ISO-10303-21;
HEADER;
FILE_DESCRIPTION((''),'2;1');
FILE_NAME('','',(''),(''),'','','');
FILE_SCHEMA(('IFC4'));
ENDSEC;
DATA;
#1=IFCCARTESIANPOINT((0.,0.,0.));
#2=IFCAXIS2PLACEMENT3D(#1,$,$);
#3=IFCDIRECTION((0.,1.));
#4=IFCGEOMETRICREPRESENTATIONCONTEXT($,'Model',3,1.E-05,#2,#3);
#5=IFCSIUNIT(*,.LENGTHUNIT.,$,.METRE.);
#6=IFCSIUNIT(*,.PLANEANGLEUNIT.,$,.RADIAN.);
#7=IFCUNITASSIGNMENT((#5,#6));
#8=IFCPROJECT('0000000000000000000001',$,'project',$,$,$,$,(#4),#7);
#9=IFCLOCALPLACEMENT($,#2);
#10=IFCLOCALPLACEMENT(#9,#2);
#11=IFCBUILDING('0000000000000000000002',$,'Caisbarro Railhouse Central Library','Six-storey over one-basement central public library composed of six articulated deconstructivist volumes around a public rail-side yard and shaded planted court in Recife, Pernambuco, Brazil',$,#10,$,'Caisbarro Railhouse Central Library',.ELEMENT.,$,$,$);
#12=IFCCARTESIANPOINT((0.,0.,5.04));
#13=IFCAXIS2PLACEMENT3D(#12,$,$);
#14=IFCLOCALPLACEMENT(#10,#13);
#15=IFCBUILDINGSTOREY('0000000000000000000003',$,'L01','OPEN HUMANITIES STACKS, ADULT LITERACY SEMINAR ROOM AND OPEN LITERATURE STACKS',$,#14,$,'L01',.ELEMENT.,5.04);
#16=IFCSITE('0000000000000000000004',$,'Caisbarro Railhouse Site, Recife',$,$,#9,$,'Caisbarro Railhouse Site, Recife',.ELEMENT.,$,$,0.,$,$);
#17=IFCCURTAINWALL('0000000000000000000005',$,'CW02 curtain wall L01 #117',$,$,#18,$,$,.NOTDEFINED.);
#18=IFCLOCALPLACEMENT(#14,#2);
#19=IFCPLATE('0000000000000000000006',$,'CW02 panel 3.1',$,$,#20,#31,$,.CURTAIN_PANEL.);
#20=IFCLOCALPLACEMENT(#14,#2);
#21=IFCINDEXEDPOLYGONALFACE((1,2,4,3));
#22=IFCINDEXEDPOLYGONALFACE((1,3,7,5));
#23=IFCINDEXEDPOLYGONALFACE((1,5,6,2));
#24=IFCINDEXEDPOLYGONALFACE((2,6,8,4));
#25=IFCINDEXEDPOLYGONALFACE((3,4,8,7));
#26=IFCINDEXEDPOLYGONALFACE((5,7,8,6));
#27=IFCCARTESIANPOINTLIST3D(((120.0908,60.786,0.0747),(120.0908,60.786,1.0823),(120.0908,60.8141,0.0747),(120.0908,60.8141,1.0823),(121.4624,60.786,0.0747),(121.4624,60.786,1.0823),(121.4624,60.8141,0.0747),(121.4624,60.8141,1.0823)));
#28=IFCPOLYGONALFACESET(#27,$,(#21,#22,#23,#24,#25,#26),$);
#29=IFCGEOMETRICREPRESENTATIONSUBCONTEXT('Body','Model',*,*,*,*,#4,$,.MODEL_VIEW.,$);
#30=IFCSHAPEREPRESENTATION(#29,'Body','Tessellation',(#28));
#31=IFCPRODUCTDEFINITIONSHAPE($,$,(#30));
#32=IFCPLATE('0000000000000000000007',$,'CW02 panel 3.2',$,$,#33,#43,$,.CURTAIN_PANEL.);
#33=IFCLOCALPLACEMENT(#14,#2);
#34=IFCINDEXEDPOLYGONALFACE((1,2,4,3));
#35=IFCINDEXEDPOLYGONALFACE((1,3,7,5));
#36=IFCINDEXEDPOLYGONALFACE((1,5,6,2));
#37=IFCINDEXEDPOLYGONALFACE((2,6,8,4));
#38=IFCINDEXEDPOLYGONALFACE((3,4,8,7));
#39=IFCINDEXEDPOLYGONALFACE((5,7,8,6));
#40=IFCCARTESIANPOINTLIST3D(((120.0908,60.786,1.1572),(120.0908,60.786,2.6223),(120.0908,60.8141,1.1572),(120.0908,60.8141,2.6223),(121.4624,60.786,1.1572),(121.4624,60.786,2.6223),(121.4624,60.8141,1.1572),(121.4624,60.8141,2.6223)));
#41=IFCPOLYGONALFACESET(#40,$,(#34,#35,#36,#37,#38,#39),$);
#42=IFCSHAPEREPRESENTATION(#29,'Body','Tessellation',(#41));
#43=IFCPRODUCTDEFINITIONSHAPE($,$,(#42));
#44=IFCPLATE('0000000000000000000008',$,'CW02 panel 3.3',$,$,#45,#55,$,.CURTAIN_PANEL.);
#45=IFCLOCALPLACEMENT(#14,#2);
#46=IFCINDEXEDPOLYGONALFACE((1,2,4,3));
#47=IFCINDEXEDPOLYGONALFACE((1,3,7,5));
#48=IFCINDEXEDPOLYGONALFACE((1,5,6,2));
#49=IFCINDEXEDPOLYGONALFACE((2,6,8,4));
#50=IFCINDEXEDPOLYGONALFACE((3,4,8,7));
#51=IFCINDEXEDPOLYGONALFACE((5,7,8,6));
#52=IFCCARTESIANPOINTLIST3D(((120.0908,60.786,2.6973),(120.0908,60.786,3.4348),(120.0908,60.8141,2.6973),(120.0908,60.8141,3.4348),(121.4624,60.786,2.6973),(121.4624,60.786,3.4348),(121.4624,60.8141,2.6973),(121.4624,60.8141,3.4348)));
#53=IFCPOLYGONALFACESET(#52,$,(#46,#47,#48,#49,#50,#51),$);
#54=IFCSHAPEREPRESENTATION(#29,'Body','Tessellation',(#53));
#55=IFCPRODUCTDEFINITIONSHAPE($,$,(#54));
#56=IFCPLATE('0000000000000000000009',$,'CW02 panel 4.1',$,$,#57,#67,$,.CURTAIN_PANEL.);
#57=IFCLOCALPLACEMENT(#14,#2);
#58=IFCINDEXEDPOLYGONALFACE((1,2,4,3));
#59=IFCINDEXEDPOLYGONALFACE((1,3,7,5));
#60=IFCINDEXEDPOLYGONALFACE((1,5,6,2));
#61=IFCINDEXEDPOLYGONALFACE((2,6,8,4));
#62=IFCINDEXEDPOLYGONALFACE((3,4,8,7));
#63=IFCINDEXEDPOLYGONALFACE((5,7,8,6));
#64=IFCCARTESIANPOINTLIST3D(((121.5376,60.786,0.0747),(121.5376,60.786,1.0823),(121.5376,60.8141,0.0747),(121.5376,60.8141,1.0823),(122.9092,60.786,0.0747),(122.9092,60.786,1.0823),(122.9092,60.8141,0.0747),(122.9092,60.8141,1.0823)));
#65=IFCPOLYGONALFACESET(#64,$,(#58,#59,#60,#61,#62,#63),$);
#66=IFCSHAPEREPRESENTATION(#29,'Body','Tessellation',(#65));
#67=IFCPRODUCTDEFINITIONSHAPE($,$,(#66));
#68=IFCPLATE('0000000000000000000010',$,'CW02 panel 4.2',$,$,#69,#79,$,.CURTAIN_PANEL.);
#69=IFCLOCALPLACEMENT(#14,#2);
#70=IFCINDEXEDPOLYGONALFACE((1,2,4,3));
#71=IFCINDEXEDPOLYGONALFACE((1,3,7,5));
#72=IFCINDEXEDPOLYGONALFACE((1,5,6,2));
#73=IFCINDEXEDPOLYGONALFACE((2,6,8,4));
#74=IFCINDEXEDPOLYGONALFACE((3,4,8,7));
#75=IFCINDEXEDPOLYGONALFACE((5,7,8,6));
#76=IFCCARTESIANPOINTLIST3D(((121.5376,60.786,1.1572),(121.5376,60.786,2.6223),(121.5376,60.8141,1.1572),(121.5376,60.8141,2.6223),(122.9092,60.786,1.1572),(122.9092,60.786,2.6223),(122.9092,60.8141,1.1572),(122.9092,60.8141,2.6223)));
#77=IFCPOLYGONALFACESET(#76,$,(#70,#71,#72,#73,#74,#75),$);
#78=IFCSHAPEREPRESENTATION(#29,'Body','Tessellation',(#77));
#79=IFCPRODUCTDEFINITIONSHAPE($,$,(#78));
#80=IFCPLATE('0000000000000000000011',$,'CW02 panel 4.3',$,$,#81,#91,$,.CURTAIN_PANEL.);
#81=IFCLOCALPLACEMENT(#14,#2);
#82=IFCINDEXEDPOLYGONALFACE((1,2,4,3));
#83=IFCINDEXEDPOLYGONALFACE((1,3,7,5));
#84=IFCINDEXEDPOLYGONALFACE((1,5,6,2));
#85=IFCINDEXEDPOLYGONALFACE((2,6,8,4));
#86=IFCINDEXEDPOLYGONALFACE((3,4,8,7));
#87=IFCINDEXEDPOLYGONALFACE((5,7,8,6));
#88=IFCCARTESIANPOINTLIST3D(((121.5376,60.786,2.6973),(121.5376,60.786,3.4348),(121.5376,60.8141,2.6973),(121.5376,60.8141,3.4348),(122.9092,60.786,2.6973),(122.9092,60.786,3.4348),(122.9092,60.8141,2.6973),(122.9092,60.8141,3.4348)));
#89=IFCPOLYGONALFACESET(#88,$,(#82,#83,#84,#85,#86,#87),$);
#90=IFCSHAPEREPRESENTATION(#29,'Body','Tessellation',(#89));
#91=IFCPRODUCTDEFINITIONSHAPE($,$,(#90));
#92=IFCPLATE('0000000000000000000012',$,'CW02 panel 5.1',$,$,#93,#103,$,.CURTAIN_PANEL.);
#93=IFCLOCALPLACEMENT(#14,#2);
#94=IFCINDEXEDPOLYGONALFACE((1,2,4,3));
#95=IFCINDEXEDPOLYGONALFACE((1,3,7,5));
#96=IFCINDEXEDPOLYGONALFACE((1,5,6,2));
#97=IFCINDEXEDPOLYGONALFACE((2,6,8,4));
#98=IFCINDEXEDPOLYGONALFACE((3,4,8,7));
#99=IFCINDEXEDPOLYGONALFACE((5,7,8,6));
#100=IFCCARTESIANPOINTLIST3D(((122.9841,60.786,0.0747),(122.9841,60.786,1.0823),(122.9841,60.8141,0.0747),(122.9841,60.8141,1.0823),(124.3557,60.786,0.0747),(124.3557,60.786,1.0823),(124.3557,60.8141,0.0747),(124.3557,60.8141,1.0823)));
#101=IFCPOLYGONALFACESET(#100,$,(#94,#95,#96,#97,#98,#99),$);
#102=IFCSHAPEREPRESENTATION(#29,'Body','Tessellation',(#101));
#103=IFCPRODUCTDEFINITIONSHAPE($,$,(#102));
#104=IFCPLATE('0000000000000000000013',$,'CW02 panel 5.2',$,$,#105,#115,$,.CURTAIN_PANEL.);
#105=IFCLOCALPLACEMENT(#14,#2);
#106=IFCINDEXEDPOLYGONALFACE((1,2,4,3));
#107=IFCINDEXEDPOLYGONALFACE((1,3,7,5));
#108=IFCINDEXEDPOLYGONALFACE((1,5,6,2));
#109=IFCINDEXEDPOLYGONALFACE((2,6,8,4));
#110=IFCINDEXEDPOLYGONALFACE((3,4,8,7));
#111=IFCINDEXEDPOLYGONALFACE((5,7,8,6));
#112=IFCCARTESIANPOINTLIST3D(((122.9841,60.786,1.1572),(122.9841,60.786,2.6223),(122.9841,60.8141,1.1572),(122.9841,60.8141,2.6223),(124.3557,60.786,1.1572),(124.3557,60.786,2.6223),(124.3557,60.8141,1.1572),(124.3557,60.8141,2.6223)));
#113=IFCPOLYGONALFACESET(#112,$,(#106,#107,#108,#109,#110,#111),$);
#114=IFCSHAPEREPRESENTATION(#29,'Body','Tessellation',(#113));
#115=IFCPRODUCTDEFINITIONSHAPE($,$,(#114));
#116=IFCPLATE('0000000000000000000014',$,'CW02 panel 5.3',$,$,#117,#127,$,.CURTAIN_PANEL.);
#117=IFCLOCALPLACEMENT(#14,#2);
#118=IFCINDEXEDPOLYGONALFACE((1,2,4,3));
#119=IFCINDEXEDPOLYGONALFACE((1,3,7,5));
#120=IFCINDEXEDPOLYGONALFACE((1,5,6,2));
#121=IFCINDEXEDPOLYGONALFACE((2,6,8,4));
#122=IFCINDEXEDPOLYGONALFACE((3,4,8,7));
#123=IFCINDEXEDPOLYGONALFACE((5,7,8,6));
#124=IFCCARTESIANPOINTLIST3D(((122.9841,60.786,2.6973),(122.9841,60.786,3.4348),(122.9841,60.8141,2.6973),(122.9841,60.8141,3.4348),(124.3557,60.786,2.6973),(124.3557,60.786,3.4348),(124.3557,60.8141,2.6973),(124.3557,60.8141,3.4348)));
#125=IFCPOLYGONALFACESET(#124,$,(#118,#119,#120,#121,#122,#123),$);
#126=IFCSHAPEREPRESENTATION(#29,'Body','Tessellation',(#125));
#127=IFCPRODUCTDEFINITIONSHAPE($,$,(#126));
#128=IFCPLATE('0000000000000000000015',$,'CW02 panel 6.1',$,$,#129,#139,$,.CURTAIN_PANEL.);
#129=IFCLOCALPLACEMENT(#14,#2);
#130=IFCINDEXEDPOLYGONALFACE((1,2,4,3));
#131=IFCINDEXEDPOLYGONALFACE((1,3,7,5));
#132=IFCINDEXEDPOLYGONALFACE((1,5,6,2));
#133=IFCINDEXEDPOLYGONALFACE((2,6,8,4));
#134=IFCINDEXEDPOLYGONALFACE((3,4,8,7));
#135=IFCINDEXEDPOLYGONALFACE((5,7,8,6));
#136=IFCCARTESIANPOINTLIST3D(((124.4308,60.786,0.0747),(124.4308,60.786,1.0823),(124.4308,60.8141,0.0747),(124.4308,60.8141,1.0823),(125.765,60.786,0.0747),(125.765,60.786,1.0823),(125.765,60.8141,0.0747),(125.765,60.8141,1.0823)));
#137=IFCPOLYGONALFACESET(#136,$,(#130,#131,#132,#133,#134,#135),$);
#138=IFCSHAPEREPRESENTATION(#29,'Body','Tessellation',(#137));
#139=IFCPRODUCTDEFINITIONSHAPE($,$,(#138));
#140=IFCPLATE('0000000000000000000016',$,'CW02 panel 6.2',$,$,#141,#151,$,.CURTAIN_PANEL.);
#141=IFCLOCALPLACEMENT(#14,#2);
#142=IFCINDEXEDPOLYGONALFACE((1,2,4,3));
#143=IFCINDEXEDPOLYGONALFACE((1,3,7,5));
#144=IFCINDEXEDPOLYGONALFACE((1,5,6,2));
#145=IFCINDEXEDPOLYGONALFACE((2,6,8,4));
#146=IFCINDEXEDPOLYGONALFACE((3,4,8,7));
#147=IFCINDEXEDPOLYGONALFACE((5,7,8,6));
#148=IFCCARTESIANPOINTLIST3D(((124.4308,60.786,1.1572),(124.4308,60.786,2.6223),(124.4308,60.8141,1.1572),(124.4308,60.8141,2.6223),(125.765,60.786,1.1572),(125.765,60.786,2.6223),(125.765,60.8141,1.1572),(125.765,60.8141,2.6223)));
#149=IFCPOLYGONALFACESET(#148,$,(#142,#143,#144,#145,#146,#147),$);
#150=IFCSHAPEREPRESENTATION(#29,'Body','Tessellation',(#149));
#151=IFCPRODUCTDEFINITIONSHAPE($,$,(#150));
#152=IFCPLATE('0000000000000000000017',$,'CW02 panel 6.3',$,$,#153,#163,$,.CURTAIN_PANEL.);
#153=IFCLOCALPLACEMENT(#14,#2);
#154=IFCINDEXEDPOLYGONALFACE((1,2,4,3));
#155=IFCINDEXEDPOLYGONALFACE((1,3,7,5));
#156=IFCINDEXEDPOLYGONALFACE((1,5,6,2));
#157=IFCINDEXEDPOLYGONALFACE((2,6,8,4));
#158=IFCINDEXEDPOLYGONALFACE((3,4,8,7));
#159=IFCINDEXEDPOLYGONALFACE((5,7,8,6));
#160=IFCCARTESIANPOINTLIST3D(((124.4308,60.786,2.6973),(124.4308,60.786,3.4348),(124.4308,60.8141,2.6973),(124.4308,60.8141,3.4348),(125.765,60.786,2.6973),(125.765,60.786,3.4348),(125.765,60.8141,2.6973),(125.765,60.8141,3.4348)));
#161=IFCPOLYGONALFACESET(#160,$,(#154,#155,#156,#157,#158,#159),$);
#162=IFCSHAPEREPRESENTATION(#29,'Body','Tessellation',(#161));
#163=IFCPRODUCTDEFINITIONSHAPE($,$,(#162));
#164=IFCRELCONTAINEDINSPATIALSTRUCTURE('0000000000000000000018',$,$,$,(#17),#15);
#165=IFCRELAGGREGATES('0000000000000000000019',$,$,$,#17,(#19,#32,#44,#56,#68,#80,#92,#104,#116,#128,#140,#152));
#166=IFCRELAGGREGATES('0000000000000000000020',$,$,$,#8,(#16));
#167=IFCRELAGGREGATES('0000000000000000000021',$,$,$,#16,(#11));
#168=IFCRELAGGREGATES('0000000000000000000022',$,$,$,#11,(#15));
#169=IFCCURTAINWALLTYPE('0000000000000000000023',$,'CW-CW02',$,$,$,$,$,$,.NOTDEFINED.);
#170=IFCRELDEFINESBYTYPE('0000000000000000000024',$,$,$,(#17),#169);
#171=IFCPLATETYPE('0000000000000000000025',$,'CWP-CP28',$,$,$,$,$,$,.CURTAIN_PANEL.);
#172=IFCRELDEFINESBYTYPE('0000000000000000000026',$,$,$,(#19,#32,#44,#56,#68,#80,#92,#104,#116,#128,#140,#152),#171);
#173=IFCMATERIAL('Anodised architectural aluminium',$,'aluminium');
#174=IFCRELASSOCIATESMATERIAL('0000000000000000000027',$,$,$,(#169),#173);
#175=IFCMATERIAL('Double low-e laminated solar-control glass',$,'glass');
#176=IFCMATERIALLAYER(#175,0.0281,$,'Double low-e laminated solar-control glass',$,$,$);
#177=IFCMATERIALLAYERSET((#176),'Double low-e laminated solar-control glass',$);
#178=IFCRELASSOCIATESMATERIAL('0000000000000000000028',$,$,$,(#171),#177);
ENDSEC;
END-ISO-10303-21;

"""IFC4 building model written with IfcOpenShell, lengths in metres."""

from ifc_helpers import new_model, si_unit, direction, frame, origin, origin_2d, place, context, subcontext, project, spatial, rectangle, extrude, material, layer, layer_set, type_object, element, aggregate, save


model = new_model("IFC4")

# Units and contexts
model_context = context("Model", 3, precision=1e-05, world=origin(), true_north=direction((0.0, 1.0)))
body_context = subcontext(model_context, "Body", "Model", "MODEL_VIEW")
ifc_project = project(units=[si_unit("LENGTHUNIT", "METRE"), si_unit("PLANEANGLEUNIT", "RADIAN")], contexts=[model_context])

# Site, building, storey
site_placement = place(None, origin())
site = spatial("IfcSite", under=ifc_project, at=site_placement, Name="Caisbarro Railhouse Site, Recife", LongName="Caisbarro Railhouse Site, Recife", CompositionType="ELEMENT", RefElevation=0.0)
building_placement = place(site_placement, origin())
building = spatial("IfcBuilding", under=site, at=building_placement, Name="Caisbarro Railhouse Central Library", Description="Six-storey over one-basement central public library composed of six articulated deconstructivist volumes around a public rail-side yard and shaded planted court in Recife, Pernambuco, Brazil", LongName="Caisbarro Railhouse Central Library", CompositionType="ELEMENT")
storey_placement = place(building_placement, frame((0.0, 0.0, 5.04)))
storey = spatial("IfcBuildingStorey", under=building, at=storey_placement, Name="L01", Description="OPEN HUMANITIES STACKS, ADULT LITERACY SEMINAR ROOM AND OPEN LITERATURE STACKS", LongName="L01", CompositionType="ELEMENT", Elevation=5.04)

# Curtain wall, plates
ifc_material_1 = material(Name="Anodised architectural aluminium", Category="aluminium")
curtain_wall_type = type_object("IfcCurtainWallType", Name="CW-CW02", PredefinedType="NOTDEFINED", material=ifc_material_1)
curtain_wall_placement = place(storey_placement, origin())
curtain_wall = element("IfcCurtainWall", 1, at=curtain_wall_placement, inside=storey, type_object=curtain_wall_type, Name="CW02 curtain wall L01 #117", PredefinedType="NOTDEFINED")
ifc_material_2 = material(Name="Double low-e laminated solar-control glass", Category="glass")
ifc_layer = layer(ifc_material_2, 0.0281, Name="Double low-e laminated solar-control glass")
ifc_layer_set = layer_set([ifc_layer], Name="Double low-e laminated solar-control glass")
plate_type = type_object("IfcPlateType", Name="CWP-CP28", PredefinedType="CURTAIN_PANEL", material=ifc_layer_set)
plate_1_placement = place(storey_placement, frame((120.7766, 60.8, 0.0747), z_axis=(0.0, 0.0, 1.0), x_axis=(1.0, 0.0, 0.0)))
plate_1 = element("IfcPlate", 2, at=plate_1_placement, type_object=plate_type, Name="CW02 panel 3.1", PredefinedType="CURTAIN_PANEL", context=body_context, shape_type="SweptSolid", body=[
    extrude(rectangle(XDim=1.3716, YDim=0.0281, at=origin_2d()), origin(), (0.0, 0.0, 1.0), 1.0076),
])
plate_2_placement = place(storey_placement, frame((120.7766, 60.8, 1.1572), z_axis=(0.0, 0.0, 1.0), x_axis=(1.0, 0.0, 0.0)))
plate_2 = element("IfcPlate", 3, at=plate_2_placement, type_object=plate_type, Name="CW02 panel 3.2", PredefinedType="CURTAIN_PANEL", context=body_context, shape_type="SweptSolid", body=[
    extrude(rectangle(XDim=1.3716, YDim=0.0281, at=origin_2d()), origin(), (0.0, 0.0, 1.0), 1.4651),
])
plate_3_placement = place(storey_placement, frame((120.7766, 60.8, 2.6973), z_axis=(0.0, 0.0, 1.0), x_axis=(1.0, 0.0, 0.0)))
plate_3 = element("IfcPlate", 4, at=plate_3_placement, type_object=plate_type, Name="CW02 panel 3.3", PredefinedType="CURTAIN_PANEL", context=body_context, shape_type="SweptSolid", body=[
    extrude(rectangle(XDim=1.3716, YDim=0.0281, at=origin_2d()), origin(), (0.0, 0.0, 1.0), 0.7375),
])
plate_4_placement = place(storey_placement, frame((122.2234, 60.8, 0.0747), z_axis=(0.0, 0.0, 1.0), x_axis=(1.0, 0.0, 0.0)))
plate_4 = element("IfcPlate", 5, at=plate_4_placement, type_object=plate_type, Name="CW02 panel 4.1", PredefinedType="CURTAIN_PANEL", context=body_context, shape_type="SweptSolid", body=[
    extrude(rectangle(XDim=1.3716, YDim=0.0281, at=origin_2d()), origin(), (0.0, 0.0, 1.0), 1.0076),
])
plate_5_placement = place(storey_placement, frame((122.2234, 60.8, 1.1572), z_axis=(0.0, 0.0, 1.0), x_axis=(1.0, 0.0, 0.0)))
plate_5 = element("IfcPlate", 6, at=plate_5_placement, type_object=plate_type, Name="CW02 panel 4.2", PredefinedType="CURTAIN_PANEL", context=body_context, shape_type="SweptSolid", body=[
    extrude(rectangle(XDim=1.3716, YDim=0.0281, at=origin_2d()), origin(), (0.0, 0.0, 1.0), 1.4651),
])
plate_6_placement = place(storey_placement, frame((122.2234, 60.8, 2.6973), z_axis=(0.0, 0.0, 1.0), x_axis=(1.0, 0.0, 0.0)))
plate_6 = element("IfcPlate", 7, at=plate_6_placement, type_object=plate_type, Name="CW02 panel 4.3", PredefinedType="CURTAIN_PANEL", context=body_context, shape_type="SweptSolid", body=[
    extrude(rectangle(XDim=1.3716, YDim=0.0281, at=origin_2d()), origin(), (0.0, 0.0, 1.0), 0.7375),
])
plate_7_placement = place(storey_placement, frame((123.6699, 60.8, 0.0747), z_axis=(0.0, 0.0, 1.0), x_axis=(1.0, 0.0, 0.0)))
plate_7 = element("IfcPlate", 8, at=plate_7_placement, type_object=plate_type, Name="CW02 panel 5.1", PredefinedType="CURTAIN_PANEL", context=body_context, shape_type="SweptSolid", body=[
    extrude(rectangle(XDim=1.3716, YDim=0.0281, at=origin_2d()), origin(), (0.0, 0.0, 1.0), 1.0076),
])
plate_8_placement = place(storey_placement, frame((123.6699, 60.8, 1.1572), z_axis=(0.0, 0.0, 1.0), x_axis=(1.0, 0.0, 0.0)))
plate_8 = element("IfcPlate", 9, at=plate_8_placement, type_object=plate_type, Name="CW02 panel 5.2", PredefinedType="CURTAIN_PANEL", context=body_context, shape_type="SweptSolid", body=[
    extrude(rectangle(XDim=1.3716, YDim=0.0281, at=origin_2d()), origin(), (0.0, 0.0, 1.0), 1.4651),
])
plate_9_placement = place(storey_placement, frame((123.6699, 60.8, 2.6973), z_axis=(0.0, 0.0, 1.0), x_axis=(1.0, 0.0, 0.0)))
plate_9 = element("IfcPlate", 10, at=plate_9_placement, type_object=plate_type, Name="CW02 panel 5.3", PredefinedType="CURTAIN_PANEL", context=body_context, shape_type="SweptSolid", body=[
    extrude(rectangle(XDim=1.3716, YDim=0.0281, at=origin_2d()), origin(), (0.0, 0.0, 1.0), 0.7375),
])
plate_10_placement = place(storey_placement, frame((125.0979, 60.8, 0.0747), z_axis=(0.0, 0.0, 1.0), x_axis=(1.0, 0.0, 0.0)))
plate_10 = element("IfcPlate", 11, at=plate_10_placement, type_object=plate_type, Name="CW02 panel 6.1", PredefinedType="CURTAIN_PANEL", context=body_context, shape_type="SweptSolid", body=[
    extrude(rectangle(XDim=1.3342, YDim=0.0281, at=origin_2d()), origin(), (0.0, 0.0, 1.0), 1.0076),
])
plate_11_placement = place(storey_placement, frame((125.0979, 60.8, 1.1572), z_axis=(0.0, 0.0, 1.0), x_axis=(1.0, 0.0, 0.0)))
plate_11 = element("IfcPlate", 12, at=plate_11_placement, type_object=plate_type, Name="CW02 panel 6.2", PredefinedType="CURTAIN_PANEL", context=body_context, shape_type="SweptSolid", body=[
    extrude(rectangle(XDim=1.3342, YDim=0.0281, at=origin_2d()), origin(), (0.0, 0.0, 1.0), 1.4651),
])
plate_12_placement = place(storey_placement, frame((125.0979, 60.8, 2.6973), z_axis=(0.0, 0.0, 1.0), x_axis=(1.0, 0.0, 0.0)))
plate_12 = element("IfcPlate", 13, at=plate_12_placement, type_object=plate_type, Name="CW02 panel 6.3", PredefinedType="CURTAIN_PANEL", context=body_context, shape_type="SweptSolid", body=[
    extrude(rectangle(XDim=1.3342, YDim=0.0281, at=origin_2d()), origin(), (0.0, 0.0, 1.0), 0.7375),
])
aggregate(curtain_wall, [plate_1, plate_2, plate_3, plate_4, plate_5, plate_6, plate_7, plate_8, plate_9, plate_10, plate_11, plate_12])

save(model, "model.ifc")
